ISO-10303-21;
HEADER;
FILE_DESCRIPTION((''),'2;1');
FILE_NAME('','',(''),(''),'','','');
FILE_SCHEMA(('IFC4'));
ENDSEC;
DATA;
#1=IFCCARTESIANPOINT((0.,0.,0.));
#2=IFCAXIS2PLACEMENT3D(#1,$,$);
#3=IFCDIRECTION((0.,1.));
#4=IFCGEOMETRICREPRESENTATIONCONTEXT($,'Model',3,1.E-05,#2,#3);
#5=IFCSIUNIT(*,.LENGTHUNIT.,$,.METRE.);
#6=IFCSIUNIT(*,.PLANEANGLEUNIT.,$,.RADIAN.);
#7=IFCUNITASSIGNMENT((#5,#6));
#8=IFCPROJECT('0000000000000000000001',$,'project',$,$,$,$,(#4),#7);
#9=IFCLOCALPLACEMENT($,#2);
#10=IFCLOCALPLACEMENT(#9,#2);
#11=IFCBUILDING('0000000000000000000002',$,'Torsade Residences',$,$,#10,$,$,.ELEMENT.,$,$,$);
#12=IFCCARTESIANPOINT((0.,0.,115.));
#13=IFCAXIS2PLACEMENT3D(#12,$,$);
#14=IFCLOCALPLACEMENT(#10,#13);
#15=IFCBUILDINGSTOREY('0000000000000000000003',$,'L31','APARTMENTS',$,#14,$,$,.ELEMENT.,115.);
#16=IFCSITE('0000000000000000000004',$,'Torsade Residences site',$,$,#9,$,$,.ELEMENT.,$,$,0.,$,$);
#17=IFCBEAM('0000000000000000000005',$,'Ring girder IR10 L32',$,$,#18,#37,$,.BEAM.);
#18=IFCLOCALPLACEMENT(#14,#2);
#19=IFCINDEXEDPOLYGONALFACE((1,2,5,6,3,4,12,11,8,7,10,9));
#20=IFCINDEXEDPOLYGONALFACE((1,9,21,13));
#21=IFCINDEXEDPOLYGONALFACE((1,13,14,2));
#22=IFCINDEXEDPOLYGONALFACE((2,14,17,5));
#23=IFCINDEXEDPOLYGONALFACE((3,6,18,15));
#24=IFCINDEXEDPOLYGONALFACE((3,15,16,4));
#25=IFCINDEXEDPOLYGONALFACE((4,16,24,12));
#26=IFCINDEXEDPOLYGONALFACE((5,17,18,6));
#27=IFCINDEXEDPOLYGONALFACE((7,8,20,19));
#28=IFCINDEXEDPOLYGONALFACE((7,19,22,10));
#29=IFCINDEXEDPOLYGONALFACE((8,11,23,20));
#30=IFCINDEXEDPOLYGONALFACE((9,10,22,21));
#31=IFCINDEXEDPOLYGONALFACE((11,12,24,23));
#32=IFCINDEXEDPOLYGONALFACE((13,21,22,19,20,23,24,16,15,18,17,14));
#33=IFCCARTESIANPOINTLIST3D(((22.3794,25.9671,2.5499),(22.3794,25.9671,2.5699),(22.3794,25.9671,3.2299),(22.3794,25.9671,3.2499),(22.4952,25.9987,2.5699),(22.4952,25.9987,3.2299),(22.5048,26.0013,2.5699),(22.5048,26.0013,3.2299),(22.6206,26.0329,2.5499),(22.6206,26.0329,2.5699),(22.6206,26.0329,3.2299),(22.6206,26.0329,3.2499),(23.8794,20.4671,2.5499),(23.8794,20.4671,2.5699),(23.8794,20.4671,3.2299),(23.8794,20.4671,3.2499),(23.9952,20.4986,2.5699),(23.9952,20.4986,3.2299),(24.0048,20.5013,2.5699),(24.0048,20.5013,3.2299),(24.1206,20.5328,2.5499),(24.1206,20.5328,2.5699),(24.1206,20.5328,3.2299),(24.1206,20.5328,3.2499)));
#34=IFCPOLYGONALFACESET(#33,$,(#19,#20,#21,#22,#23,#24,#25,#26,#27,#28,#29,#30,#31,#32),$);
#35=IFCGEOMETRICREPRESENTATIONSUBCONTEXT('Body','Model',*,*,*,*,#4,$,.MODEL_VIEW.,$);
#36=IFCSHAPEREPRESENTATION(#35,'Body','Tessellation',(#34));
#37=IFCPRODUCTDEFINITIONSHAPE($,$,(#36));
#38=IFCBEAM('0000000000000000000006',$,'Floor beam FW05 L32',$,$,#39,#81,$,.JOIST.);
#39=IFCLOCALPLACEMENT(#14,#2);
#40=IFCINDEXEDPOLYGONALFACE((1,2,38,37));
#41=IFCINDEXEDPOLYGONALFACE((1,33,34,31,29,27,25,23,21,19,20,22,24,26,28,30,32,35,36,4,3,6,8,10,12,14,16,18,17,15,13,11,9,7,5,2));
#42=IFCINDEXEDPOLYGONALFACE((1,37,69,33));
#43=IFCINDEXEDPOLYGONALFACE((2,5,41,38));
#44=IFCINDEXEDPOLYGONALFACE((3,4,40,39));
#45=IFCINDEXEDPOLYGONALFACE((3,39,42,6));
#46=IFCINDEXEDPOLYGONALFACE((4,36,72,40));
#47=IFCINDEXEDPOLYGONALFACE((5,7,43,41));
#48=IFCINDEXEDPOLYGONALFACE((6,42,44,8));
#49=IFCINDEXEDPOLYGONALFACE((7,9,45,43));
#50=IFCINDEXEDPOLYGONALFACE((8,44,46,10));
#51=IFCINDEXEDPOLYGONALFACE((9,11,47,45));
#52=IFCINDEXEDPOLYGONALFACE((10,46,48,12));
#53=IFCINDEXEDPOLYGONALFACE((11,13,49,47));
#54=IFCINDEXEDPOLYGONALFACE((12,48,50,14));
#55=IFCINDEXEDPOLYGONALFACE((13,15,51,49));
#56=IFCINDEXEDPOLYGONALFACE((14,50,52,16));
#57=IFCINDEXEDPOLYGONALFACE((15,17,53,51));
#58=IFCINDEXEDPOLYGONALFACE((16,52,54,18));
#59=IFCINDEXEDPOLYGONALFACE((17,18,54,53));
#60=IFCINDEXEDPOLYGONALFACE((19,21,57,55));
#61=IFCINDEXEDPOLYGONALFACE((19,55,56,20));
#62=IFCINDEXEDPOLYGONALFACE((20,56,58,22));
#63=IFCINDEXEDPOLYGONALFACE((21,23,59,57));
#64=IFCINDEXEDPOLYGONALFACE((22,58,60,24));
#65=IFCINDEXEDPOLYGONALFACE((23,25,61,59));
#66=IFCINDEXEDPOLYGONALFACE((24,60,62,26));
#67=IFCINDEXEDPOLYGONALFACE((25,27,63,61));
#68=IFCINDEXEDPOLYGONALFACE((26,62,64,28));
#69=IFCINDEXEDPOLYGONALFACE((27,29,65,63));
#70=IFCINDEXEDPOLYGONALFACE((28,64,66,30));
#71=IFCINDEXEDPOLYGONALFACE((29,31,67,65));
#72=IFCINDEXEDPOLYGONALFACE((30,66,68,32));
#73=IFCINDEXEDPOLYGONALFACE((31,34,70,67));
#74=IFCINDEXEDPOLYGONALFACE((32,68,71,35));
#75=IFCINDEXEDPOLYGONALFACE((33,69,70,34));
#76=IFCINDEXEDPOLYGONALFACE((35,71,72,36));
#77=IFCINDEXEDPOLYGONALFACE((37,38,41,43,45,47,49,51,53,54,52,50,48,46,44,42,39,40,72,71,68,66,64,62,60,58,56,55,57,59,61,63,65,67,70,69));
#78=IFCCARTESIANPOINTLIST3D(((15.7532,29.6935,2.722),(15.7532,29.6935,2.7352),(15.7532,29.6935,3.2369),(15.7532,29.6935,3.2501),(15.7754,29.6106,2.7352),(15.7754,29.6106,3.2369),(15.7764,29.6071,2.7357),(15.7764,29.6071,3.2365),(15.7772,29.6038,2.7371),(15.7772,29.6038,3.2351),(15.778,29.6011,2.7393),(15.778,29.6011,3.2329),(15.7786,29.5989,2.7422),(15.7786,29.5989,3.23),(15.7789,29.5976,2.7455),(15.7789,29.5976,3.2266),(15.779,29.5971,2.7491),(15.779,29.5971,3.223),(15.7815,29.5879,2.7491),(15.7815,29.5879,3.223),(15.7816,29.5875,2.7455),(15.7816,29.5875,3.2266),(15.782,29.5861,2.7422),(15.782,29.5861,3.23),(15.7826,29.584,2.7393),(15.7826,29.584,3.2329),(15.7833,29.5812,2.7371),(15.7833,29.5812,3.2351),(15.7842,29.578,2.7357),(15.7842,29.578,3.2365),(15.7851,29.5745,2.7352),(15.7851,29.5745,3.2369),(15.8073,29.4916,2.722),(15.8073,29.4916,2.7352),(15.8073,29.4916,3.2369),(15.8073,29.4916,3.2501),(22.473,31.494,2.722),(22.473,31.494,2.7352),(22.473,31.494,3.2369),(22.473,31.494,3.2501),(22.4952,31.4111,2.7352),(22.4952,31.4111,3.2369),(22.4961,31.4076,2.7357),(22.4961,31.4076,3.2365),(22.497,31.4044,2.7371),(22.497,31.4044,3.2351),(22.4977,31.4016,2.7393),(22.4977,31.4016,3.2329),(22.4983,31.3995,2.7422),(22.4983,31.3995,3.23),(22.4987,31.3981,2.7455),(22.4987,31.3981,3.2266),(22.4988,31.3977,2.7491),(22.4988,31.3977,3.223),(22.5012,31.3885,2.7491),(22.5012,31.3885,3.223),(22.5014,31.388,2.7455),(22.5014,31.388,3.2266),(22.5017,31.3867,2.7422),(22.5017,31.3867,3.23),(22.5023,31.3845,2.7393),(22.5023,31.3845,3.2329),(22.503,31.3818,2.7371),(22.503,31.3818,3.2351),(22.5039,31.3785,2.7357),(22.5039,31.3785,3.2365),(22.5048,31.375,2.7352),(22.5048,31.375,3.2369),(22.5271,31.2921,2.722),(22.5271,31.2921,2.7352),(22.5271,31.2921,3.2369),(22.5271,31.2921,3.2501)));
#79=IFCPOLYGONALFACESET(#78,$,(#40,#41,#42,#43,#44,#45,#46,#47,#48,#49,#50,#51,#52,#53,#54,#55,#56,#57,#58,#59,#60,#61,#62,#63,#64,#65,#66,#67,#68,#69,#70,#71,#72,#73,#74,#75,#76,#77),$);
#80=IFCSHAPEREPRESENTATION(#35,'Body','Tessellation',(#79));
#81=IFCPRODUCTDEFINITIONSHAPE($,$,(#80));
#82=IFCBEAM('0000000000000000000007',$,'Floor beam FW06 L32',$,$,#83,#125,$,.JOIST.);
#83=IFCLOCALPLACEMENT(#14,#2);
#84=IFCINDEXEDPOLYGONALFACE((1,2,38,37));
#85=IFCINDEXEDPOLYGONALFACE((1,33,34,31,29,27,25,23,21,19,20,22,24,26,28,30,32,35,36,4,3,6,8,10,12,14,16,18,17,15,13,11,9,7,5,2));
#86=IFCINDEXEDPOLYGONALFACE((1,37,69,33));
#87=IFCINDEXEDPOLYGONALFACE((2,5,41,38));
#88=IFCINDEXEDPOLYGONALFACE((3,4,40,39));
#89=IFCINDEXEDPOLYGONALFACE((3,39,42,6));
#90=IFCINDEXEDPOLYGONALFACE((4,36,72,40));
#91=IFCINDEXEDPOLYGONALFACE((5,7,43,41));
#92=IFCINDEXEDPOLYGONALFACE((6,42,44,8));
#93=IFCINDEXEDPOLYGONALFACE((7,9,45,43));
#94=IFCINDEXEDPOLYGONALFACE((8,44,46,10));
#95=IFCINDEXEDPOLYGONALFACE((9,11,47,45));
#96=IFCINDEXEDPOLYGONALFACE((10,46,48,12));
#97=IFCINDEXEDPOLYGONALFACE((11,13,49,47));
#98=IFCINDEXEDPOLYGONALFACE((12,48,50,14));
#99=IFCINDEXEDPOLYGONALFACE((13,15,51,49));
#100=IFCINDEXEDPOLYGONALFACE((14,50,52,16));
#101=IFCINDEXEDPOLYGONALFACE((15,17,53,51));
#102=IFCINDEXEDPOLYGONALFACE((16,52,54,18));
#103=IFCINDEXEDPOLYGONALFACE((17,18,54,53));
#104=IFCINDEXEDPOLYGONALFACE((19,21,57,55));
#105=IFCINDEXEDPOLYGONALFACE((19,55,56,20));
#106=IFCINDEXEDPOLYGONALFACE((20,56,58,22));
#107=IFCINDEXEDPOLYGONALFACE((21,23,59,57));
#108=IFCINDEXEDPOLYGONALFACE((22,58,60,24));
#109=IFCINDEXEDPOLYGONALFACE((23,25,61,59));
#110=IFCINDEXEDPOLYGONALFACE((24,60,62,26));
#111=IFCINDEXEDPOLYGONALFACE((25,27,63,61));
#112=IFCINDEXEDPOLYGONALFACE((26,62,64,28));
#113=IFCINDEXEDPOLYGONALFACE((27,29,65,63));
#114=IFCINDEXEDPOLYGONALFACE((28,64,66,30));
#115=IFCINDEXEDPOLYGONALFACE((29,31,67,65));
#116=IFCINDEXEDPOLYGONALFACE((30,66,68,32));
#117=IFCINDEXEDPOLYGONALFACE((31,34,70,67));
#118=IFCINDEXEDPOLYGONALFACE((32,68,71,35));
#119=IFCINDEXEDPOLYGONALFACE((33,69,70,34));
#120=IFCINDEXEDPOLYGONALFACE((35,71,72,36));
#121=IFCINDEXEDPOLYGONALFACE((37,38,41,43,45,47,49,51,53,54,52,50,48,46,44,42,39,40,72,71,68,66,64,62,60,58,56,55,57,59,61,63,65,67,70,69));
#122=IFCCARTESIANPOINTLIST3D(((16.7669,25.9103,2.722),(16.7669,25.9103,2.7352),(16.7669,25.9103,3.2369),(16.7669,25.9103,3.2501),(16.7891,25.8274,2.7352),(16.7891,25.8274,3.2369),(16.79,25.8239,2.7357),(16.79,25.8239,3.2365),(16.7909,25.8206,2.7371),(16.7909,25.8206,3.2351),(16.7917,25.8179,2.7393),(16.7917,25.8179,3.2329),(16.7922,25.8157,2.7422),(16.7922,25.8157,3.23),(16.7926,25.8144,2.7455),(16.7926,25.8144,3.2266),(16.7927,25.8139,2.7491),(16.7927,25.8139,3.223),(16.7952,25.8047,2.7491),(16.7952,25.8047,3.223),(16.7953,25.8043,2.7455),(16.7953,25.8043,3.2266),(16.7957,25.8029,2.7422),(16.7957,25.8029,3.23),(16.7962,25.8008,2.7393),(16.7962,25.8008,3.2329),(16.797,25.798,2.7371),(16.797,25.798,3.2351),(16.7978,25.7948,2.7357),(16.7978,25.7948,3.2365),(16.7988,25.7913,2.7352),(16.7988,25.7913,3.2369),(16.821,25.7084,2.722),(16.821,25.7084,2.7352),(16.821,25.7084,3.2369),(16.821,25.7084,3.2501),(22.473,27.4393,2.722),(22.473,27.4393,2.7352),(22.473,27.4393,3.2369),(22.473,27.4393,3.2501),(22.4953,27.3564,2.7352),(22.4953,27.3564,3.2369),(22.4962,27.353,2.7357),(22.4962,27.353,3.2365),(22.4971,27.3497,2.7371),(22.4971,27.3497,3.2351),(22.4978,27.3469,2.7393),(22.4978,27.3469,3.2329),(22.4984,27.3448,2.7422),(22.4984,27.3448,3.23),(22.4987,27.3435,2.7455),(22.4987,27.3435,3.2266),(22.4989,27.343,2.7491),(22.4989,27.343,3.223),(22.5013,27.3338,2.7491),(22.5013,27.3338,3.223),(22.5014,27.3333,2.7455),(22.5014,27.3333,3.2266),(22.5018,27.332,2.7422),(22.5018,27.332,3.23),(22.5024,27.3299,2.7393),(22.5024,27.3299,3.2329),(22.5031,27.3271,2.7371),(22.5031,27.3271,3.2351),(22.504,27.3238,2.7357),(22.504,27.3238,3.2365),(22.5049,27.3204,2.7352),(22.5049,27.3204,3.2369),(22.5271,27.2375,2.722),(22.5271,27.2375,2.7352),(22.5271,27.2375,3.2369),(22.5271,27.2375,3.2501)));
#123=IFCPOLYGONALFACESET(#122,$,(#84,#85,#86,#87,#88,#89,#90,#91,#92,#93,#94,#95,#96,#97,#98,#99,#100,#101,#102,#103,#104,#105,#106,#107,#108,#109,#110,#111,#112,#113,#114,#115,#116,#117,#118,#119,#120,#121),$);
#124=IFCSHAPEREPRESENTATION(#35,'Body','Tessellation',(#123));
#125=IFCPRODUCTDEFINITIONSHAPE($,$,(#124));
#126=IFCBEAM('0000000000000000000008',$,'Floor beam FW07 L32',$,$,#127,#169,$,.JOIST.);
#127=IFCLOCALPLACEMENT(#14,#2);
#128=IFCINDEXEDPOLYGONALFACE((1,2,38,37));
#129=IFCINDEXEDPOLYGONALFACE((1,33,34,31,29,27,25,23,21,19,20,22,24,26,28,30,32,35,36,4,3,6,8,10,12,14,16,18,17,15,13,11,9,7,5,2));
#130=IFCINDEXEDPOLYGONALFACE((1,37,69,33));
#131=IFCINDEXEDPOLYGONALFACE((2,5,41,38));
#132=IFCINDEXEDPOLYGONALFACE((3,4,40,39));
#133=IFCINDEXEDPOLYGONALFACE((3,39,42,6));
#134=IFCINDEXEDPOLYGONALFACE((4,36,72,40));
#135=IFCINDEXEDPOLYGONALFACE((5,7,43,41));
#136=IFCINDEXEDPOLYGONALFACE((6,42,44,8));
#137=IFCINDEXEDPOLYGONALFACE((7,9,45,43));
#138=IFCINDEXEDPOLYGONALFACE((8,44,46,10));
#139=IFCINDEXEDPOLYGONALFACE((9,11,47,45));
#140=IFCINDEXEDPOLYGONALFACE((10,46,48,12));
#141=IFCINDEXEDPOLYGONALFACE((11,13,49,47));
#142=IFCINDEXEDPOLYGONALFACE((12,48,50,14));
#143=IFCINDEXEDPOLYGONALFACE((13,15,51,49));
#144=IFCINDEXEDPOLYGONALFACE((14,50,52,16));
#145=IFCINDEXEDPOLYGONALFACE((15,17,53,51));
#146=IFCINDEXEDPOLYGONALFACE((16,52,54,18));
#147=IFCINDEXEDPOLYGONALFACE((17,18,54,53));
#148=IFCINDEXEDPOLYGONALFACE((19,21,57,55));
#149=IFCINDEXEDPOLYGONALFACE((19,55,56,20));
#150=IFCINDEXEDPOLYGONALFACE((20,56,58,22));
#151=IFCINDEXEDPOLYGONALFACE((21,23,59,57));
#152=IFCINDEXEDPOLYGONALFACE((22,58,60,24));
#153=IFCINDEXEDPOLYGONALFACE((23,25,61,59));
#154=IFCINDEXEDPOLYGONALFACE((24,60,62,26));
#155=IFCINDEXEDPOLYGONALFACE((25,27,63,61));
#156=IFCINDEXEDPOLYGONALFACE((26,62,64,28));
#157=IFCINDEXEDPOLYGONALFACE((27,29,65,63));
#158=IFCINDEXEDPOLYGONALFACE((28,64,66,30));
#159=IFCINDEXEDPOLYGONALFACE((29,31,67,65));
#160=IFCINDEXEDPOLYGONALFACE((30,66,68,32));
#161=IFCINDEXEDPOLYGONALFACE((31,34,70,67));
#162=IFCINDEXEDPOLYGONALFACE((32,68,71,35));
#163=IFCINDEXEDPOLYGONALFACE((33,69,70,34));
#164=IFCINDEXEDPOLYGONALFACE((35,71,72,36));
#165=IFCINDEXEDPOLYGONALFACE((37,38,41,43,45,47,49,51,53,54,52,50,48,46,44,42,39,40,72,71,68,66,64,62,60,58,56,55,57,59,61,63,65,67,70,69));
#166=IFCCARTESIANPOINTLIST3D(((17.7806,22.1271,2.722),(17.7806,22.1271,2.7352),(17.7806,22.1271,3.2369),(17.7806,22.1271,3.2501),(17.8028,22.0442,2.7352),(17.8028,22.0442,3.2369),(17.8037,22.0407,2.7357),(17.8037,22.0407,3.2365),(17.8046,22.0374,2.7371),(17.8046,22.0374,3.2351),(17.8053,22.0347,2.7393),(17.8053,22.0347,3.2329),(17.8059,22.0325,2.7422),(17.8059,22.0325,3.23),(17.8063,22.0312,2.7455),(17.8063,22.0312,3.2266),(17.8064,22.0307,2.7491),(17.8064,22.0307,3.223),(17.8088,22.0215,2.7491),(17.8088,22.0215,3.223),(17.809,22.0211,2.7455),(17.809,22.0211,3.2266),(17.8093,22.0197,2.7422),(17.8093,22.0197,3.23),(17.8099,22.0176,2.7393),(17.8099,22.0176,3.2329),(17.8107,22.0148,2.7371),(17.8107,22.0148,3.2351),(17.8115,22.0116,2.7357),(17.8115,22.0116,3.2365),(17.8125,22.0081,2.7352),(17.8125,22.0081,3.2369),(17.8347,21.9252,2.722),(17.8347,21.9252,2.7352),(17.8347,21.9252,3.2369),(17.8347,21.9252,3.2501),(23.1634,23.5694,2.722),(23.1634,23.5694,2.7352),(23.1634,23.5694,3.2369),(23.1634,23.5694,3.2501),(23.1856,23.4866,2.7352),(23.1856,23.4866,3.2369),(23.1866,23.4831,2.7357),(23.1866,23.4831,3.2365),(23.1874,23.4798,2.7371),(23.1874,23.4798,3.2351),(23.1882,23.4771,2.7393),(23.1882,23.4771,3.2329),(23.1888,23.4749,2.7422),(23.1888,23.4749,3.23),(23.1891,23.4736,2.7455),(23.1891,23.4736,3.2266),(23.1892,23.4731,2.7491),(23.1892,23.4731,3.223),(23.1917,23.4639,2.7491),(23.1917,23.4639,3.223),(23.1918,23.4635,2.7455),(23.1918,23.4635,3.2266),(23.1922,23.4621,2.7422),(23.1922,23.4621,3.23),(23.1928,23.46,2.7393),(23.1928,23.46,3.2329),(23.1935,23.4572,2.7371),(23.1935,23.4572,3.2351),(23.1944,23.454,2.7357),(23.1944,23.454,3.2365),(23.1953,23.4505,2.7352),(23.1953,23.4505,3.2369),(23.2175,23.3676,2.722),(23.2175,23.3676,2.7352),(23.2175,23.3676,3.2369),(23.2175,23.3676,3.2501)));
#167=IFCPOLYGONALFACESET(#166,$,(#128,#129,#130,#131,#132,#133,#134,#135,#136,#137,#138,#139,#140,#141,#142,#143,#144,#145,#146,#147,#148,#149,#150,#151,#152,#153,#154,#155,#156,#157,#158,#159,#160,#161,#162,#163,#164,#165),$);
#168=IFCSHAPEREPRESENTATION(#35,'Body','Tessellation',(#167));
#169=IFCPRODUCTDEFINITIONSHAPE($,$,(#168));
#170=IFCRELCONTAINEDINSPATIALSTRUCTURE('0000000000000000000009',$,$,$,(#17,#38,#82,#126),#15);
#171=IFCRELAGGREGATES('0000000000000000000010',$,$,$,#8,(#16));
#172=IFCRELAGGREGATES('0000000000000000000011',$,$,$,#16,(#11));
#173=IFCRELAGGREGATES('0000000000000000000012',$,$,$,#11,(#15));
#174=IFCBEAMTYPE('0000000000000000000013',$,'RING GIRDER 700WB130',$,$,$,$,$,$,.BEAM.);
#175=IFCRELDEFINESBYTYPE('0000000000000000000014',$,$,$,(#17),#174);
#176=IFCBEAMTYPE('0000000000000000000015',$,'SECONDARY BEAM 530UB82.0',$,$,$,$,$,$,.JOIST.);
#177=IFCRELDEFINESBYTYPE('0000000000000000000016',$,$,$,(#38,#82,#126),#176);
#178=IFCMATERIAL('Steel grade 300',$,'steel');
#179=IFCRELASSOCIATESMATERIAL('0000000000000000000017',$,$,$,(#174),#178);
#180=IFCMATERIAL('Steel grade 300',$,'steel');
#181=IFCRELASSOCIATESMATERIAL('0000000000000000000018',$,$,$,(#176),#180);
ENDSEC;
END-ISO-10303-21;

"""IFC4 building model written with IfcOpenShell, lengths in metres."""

from ifc_helpers import new_model, si_unit, direction, frame, origin, origin_2d, place, context, subcontext, project, spatial, i_section, extrude, material, material_profile, profile_set, type_object, element, save


model = new_model("IFC4")

# Units and contexts
model_context = context("Model", 3, precision=1e-05, world=origin(), true_north=direction((0.0, 1.0)))
body_context = subcontext(model_context, "Body", "Model", "MODEL_VIEW")
ifc_project = project(units=[si_unit("LENGTHUNIT", "METRE"), si_unit("PLANEANGLEUNIT", "RADIAN")], contexts=[model_context])

# Site, building, storey
site_placement = place(None, origin())
site = spatial("IfcSite", under=ifc_project, at=site_placement, Name="Torsade Residences site", CompositionType="ELEMENT", RefElevation=0.0)
building_placement = place(site_placement, origin())
building = spatial("IfcBuilding", under=site, at=building_placement, Name="Torsade Residences", CompositionType="ELEMENT")
storey_placement = place(building_placement, frame((0.0, 0.0, 115.0)))
storey = spatial("IfcBuildingStorey", under=building, at=storey_placement, Name="L31", Description="APARTMENTS", CompositionType="ELEMENT", Elevation=115.0)

# Beams
ifc_material_1 = material(Name="Steel grade 300", Category="steel")
ifc_material_profile_1 = material_profile(ifc_material_1, i_section(OverallWidth=0.25, OverallDepth=0.7, WebThickness=0.01, FlangeThickness=0.02, at=origin_2d()), Name="700WB130")
ifc_profile_set_1 = profile_set([ifc_material_profile_1], Name="Steel grade 300")
beam_type_1 = type_object("IfcBeamType", Name="RING GIRDER 700WB130", PredefinedType="BEAM", material=ifc_profile_set_1)
beam_1_placement = place(storey_placement, frame((22.5, 26.0, 2.8999), z_axis=(0.263117, -0.964764, 0.0), x_axis=(0.964764, 0.263117, 0.0)))
element("IfcBeam", 1, at=beam_1_placement, inside=storey, type_object=beam_type_1, Name="Ring girder IR10 L32", PredefinedType="BEAM", context=body_context, shape_type="SweptSolid", body=[
    extrude(i_section(OverallWidth=0.25, OverallDepth=0.7, WebThickness=0.01, FlangeThickness=0.02, at=origin_2d()), origin(), (0.0, 0.0, 1.0), 5.7009),
])
ifc_material_2 = material(Name="Steel grade 300", Category="steel")
ifc_material_profile_2 = material_profile(ifc_material_2, i_section(OverallWidth=0.209, OverallDepth=0.5281, WebThickness=0.0095, FlangeThickness=0.0132, FilletRadius=0.0139, at=origin_2d()), Name="530UB82.0")
ifc_profile_set_2 = profile_set([ifc_material_profile_2], Name="Steel grade 300")
beam_type_2 = type_object("IfcBeamType", Name="SECONDARY BEAM 530UB82.0", PredefinedType="JOIST", material=ifc_profile_set_2)
beam_2_placement = place(storey_placement, frame((15.7803, 29.5925, 2.9861), z_axis=(0.965926, 0.258818, 0.0), x_axis=(-0.258818, 0.965926, 0.0)))
element("IfcBeam", 2, at=beam_2_placement, inside=storey, type_object=beam_type_2, Name="Floor beam FW05 L32", PredefinedType="JOIST", context=body_context, shape_type="SweptSolid", body=[
    extrude(i_section(OverallWidth=0.209, OverallDepth=0.5281, WebThickness=0.0095, FlangeThickness=0.0132, FilletRadius=0.0139, at=origin_2d()), origin(), (0.0, 0.0, 1.0), 6.9568),
])
beam_3_placement = place(storey_placement, frame((16.7939, 25.8093, 2.9861), z_axis=(0.965921, 0.258838, 0.0), x_axis=(-0.258838, 0.965921, 0.0)))
element("IfcBeam", 3, at=beam_3_placement, inside=storey, type_object=beam_type_2, Name="Floor beam FW06 L32", PredefinedType="JOIST", context=body_context, shape_type="SweptSolid", body=[
    extrude(i_section(OverallWidth=0.209, OverallDepth=0.5281, WebThickness=0.0095, FlangeThickness=0.0132, FilletRadius=0.0139, at=origin_2d()), origin(), (0.0, 0.0, 1.0), 5.9075),
])
beam_4_placement = place(storey_placement, frame((17.8076, 22.0261, 2.9861), z_axis=(0.965923, 0.25883, 0.0), x_axis=(-0.25883, 0.965923, 0.0)))
element("IfcBeam", 4, at=beam_4_placement, inside=storey, type_object=beam_type_2, Name="Floor beam FW07 L32", PredefinedType="JOIST", context=body_context, shape_type="SweptSolid", body=[
    extrude(i_section(OverallWidth=0.209, OverallDepth=0.5281, WebThickness=0.0095, FlangeThickness=0.0132, FilletRadius=0.0139, at=origin_2d()), origin(), (0.0, 0.0, 1.0), 5.5728),
])

save(model, "model.ifc")
